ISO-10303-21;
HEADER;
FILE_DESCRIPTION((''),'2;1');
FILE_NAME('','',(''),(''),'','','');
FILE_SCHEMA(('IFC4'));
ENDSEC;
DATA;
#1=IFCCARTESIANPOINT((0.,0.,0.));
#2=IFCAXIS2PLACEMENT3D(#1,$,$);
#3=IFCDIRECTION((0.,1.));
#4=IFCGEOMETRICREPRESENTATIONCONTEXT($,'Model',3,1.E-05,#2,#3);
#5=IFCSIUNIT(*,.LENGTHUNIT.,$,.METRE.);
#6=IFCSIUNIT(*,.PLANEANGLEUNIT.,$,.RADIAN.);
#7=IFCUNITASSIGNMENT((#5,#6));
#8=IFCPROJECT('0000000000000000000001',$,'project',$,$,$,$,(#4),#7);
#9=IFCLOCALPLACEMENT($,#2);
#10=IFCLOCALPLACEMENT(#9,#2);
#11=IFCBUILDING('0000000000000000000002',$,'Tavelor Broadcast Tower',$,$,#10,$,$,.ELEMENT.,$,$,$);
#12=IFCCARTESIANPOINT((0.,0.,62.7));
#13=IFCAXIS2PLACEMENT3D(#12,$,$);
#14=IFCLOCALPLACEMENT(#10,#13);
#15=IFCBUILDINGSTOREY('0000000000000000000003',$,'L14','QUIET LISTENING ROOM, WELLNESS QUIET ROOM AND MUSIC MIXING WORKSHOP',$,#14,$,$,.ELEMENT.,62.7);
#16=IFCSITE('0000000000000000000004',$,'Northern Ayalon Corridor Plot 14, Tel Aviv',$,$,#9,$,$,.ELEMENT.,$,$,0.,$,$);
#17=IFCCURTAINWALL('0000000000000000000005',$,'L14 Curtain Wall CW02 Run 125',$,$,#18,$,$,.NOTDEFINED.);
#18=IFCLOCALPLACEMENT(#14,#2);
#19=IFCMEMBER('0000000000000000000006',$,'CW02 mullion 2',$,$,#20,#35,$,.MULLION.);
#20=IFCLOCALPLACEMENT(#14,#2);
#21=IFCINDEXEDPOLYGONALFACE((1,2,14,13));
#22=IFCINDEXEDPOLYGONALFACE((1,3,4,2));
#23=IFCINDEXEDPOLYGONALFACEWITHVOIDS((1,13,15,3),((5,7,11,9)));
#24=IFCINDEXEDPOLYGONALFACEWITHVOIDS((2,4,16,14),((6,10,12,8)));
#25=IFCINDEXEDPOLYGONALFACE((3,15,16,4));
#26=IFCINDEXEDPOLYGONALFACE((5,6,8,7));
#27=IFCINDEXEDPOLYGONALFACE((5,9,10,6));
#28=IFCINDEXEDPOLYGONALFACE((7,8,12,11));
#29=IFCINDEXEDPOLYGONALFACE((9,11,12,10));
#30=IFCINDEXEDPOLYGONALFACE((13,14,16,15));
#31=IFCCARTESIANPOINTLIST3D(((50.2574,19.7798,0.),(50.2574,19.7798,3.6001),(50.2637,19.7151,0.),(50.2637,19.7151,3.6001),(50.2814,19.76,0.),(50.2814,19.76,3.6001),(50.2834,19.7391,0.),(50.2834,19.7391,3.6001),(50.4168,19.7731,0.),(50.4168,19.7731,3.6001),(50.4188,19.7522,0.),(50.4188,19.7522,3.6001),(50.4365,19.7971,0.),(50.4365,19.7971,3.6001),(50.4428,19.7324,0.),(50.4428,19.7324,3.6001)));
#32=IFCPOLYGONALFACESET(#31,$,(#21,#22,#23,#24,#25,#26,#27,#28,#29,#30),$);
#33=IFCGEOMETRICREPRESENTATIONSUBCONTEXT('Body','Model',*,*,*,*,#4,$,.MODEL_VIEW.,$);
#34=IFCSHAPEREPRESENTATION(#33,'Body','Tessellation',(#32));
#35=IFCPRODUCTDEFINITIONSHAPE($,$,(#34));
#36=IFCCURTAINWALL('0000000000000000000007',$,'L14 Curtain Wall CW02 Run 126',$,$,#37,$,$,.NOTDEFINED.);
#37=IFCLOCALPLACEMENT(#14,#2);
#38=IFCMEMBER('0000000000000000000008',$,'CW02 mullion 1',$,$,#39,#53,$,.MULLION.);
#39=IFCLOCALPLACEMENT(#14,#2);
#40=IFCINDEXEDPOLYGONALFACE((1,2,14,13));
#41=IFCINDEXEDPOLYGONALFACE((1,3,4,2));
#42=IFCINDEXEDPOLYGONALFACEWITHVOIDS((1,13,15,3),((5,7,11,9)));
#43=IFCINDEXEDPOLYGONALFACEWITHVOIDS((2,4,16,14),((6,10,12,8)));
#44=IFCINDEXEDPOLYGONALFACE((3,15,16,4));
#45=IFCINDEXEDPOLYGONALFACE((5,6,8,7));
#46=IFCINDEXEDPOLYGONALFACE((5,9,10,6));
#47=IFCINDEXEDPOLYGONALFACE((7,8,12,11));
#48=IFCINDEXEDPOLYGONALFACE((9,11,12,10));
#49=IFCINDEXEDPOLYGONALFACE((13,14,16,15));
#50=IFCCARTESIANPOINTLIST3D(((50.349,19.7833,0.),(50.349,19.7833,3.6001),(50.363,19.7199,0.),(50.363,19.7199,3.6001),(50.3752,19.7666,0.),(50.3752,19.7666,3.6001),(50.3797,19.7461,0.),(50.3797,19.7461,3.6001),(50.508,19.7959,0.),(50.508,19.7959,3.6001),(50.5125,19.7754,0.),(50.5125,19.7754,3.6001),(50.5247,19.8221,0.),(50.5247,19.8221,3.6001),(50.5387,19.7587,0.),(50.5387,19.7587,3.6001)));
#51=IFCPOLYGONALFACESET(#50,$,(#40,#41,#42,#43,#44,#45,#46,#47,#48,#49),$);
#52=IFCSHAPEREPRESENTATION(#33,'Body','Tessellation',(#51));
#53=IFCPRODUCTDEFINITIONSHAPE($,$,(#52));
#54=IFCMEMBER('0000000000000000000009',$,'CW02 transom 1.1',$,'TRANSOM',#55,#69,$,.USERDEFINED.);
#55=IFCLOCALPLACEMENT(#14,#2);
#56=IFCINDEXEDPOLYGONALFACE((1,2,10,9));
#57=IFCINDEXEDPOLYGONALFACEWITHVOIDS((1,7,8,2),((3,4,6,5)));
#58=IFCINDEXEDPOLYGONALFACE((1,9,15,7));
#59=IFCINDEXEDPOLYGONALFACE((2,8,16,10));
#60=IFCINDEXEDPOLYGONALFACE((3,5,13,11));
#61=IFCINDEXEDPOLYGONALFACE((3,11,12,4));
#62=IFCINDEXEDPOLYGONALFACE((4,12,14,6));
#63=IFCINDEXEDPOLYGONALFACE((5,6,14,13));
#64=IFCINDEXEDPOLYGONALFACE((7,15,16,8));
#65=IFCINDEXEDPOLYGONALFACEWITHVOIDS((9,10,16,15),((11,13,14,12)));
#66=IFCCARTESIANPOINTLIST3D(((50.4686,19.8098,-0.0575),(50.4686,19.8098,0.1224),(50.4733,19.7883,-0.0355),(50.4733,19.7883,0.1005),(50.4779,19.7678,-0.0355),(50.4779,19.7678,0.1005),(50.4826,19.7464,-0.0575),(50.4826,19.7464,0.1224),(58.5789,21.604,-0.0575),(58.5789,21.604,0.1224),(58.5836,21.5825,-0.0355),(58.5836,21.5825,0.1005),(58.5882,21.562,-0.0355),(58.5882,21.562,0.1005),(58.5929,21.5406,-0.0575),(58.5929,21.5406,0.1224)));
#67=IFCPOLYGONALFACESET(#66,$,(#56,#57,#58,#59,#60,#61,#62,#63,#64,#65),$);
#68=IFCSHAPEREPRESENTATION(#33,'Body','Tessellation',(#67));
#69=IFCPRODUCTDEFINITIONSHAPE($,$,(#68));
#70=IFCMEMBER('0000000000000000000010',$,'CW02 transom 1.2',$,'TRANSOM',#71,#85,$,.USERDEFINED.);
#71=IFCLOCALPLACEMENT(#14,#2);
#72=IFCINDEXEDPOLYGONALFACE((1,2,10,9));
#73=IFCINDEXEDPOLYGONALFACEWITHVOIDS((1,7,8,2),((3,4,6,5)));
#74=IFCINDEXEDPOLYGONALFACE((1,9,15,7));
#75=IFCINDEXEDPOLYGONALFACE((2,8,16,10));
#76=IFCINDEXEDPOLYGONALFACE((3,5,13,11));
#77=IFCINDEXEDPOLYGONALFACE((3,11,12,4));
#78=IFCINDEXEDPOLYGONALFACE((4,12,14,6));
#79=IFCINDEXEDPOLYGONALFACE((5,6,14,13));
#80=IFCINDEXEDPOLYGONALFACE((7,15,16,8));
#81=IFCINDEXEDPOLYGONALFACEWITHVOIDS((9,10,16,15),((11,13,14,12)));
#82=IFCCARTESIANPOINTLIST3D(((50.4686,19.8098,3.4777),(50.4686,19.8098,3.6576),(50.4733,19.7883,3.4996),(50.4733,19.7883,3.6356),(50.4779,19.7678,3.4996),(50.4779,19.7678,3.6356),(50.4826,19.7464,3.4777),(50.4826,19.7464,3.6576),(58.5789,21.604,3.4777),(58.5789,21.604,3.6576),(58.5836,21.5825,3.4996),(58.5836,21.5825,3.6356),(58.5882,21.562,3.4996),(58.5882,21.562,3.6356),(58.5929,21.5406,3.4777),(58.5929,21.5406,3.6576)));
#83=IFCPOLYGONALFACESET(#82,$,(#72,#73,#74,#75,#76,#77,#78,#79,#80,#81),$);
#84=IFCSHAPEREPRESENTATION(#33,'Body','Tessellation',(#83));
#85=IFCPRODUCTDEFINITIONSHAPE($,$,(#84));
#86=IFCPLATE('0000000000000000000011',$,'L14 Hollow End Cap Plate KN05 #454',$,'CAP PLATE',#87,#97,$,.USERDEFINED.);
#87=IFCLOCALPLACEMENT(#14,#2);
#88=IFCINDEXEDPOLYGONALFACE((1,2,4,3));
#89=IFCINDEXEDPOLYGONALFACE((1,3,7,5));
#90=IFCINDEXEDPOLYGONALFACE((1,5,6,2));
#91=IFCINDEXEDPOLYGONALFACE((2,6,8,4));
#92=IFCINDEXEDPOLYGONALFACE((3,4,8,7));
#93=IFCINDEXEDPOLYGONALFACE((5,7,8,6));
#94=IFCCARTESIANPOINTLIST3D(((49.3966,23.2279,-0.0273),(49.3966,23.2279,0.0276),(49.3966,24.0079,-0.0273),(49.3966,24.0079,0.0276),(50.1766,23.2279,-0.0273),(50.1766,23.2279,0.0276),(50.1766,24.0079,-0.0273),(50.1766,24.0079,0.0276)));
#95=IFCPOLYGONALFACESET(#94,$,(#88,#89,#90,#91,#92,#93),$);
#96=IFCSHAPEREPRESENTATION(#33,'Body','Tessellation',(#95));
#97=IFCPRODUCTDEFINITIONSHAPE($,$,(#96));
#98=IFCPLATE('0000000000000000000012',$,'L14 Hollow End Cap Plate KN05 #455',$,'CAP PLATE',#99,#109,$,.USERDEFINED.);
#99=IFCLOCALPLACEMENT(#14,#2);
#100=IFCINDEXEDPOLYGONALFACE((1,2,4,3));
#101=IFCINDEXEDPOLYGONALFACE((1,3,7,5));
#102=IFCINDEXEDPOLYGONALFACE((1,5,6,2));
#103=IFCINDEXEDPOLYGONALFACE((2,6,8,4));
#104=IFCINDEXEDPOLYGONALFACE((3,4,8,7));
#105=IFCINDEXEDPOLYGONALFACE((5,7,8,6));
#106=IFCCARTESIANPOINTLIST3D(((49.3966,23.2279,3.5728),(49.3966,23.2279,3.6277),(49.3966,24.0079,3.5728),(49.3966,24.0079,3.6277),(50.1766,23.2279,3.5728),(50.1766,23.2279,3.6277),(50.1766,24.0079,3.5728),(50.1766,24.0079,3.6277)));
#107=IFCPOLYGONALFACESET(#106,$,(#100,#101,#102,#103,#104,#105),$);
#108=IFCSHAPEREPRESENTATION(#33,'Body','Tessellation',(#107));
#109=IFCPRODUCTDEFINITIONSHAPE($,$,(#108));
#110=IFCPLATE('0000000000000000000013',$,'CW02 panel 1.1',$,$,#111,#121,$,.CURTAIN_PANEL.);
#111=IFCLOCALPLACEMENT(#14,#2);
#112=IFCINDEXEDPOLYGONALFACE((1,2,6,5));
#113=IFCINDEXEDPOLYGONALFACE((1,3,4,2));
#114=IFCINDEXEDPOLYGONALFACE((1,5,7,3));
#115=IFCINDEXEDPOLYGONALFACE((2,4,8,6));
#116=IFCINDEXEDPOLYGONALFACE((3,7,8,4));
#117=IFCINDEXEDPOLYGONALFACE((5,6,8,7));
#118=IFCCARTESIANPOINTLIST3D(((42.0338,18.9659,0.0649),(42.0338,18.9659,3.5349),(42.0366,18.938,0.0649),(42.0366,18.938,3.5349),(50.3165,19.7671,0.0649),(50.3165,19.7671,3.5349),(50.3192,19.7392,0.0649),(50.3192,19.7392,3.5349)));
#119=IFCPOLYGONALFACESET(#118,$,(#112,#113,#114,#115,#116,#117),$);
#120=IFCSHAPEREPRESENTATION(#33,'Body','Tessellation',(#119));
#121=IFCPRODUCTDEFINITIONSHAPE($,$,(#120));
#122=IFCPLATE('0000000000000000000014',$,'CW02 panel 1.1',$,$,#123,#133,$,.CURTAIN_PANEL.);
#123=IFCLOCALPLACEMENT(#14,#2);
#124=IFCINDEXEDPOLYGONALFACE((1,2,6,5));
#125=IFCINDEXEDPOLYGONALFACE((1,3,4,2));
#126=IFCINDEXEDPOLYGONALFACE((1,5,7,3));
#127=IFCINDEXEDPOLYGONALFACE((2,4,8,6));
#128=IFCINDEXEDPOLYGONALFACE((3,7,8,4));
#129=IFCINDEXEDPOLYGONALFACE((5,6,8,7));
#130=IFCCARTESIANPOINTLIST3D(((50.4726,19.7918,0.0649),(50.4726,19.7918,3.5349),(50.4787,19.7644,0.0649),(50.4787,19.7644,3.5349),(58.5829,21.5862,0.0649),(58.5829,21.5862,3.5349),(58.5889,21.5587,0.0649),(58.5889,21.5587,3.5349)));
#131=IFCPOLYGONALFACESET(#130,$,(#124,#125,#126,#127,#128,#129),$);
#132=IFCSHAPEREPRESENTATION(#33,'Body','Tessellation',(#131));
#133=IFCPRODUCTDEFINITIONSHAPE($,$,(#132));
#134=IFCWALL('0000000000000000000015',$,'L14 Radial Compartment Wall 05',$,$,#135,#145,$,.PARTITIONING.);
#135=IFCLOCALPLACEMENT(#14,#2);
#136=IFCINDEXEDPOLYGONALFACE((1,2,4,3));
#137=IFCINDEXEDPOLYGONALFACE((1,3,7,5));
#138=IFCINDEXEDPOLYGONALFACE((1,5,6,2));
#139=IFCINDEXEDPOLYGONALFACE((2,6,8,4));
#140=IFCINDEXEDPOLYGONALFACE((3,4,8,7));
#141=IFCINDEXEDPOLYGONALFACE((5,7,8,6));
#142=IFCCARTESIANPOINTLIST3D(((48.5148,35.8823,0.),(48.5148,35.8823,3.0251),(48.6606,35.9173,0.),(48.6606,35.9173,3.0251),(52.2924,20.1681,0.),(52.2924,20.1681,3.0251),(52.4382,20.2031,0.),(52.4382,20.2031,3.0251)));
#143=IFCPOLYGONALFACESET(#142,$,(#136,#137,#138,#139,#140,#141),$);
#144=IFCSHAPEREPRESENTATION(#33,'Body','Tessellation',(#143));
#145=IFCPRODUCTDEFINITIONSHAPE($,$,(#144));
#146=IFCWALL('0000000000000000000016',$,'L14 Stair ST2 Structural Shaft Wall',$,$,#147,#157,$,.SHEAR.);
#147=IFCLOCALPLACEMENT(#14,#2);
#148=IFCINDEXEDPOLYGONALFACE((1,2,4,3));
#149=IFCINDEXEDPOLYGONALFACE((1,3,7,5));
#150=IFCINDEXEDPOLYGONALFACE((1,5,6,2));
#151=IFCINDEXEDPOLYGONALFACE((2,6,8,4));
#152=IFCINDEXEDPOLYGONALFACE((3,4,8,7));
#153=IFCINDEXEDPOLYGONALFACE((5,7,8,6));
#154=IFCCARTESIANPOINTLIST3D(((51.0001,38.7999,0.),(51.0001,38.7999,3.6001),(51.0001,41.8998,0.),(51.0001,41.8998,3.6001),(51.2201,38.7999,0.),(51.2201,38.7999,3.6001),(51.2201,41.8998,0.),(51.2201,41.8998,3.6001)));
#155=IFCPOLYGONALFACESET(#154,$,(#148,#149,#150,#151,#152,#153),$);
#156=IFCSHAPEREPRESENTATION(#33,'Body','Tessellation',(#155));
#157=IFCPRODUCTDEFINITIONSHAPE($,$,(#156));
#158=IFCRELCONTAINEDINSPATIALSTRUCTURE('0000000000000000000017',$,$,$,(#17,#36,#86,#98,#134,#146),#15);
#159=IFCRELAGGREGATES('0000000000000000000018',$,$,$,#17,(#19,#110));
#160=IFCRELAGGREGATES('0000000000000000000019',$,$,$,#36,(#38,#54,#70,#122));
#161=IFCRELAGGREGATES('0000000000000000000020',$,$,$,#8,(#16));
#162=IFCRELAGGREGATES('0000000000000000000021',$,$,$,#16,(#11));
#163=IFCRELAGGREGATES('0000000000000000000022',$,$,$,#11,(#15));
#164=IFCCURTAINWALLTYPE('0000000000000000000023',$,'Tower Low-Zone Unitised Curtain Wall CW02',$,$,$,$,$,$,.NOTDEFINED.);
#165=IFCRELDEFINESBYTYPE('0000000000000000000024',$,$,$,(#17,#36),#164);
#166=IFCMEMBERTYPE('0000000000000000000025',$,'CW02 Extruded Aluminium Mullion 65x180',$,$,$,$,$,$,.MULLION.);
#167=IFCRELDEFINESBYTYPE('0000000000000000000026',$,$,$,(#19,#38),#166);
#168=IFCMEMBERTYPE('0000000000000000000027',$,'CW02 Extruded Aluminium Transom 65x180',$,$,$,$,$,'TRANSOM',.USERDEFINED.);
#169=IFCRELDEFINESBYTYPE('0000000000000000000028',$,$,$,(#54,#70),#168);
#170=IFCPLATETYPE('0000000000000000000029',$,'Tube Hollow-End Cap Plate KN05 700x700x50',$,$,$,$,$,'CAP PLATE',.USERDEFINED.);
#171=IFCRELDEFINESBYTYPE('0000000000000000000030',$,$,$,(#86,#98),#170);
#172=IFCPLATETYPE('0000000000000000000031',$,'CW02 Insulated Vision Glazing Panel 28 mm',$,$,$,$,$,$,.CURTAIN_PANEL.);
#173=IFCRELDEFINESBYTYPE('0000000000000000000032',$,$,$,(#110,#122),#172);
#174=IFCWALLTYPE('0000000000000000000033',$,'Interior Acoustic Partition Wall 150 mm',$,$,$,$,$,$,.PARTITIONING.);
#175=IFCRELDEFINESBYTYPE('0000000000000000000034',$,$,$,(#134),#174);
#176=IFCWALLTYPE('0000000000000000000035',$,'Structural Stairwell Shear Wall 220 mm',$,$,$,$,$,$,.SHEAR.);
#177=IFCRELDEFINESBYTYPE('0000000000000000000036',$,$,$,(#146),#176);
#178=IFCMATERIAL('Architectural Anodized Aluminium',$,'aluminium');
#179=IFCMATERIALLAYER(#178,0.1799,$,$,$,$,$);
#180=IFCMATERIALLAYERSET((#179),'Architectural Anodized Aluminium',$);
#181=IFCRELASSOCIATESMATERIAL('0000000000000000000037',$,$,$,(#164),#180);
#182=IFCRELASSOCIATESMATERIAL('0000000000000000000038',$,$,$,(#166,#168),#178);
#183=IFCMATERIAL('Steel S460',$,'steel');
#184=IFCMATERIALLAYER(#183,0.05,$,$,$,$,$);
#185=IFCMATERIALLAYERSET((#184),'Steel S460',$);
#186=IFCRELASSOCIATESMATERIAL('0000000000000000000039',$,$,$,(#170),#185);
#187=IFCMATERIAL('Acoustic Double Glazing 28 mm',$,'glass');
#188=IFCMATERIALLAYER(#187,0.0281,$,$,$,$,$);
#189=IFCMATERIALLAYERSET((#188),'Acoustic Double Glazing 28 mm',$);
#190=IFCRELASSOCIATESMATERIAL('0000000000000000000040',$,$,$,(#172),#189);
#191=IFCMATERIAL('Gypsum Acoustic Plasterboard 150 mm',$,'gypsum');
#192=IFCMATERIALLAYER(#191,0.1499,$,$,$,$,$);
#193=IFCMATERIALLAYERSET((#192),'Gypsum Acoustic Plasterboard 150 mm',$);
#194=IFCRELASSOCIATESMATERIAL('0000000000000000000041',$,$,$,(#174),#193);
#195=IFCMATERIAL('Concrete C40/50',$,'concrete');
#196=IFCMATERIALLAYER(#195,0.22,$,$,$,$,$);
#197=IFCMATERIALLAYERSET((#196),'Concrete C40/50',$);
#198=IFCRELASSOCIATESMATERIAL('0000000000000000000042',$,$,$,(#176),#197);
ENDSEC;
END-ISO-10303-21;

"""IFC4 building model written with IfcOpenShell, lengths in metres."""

from ifc_helpers import new_model, si_unit, direction, frame, frame_2d, origin, origin_2d, place, context, subcontext, project, spatial, rectangle, hollow_rectangle, extrude, source, transform, mapped, material, layer, layer_set, material_profile, profile_set, type_object, type_shapes, element, aggregate, save


model = new_model("IFC4")

# Units and contexts
model_context = context("Model", 3, precision=1e-05, world=origin(), true_north=direction((0.0, 1.0)))
body_context = subcontext(model_context, "Body", "Model", "MODEL_VIEW")
ifc_project = project(units=[si_unit("LENGTHUNIT", "METRE"), si_unit("PLANEANGLEUNIT", "RADIAN")], contexts=[model_context])

# Site, building, storey
site_placement = place(None, origin())
site = spatial("IfcSite", under=ifc_project, at=site_placement, Name="Northern Ayalon Corridor Plot 14, Tel Aviv", CompositionType="ELEMENT", RefElevation=0.0)
building_placement = place(site_placement, origin())
building = spatial("IfcBuilding", under=site, at=building_placement, Name="Tavelor Broadcast Tower", CompositionType="ELEMENT")
storey_placement = place(building_placement, frame((0.0, 0.0, 62.7)))
storey = spatial("IfcBuildingStorey", under=building, at=storey_placement, Name="L14", Description="QUIET LISTENING ROOM, WELLNESS QUIET ROOM AND MUSIC MIXING WORKSHOP", CompositionType="ELEMENT", Elevation=62.7)

# Shared definitions
ifc_material_1 = material(Name="Steel S460", Category="steel")

# Shared definitions
ifc_material_2 = material(Name="Concrete C40/50", Category="concrete")

# Curtain wall, member
ifc_material_3 = material(Name="Architectural Anodized Aluminium", Category="aluminium")
ifc_layer_1 = layer(ifc_material_3, 0.1799)
ifc_layer_set_1 = layer_set([ifc_layer_1], Name="Architectural Anodized Aluminium")
curtain_wall_type = type_object("IfcCurtainWallType", Name="Tower Low-Zone Unitised Curtain Wall CW02", PredefinedType="NOTDEFINED", material=ifc_layer_set_1)
curtain_wall_1_placement = place(storey_placement, origin())
curtain_wall_1 = element("IfcCurtainWall", 1, at=curtain_wall_1_placement, inside=storey, type_object=curtain_wall_type, Name="L14 Curtain Wall CW02 Run 125", PredefinedType="NOTDEFINED")
ifc_material_profile_1 = material_profile(ifc_material_3, hollow_rectangle(XDim=0.0649, YDim=0.1799, WallThickness=0.022, at=origin_2d()), Name="RHS 65x180x22")
ifc_profile_set_1 = profile_set([ifc_material_profile_1], Name="Architectural Anodized Aluminium")
member_type_1 = type_object("IfcMemberType", Name="CW02 Extruded Aluminium Mullion 65x180", PredefinedType="MULLION", material=ifc_profile_set_1)
shared_shape_1 = source(origin(), body_context, "Body", "SweptSolid", [
    extrude(hollow_rectangle(XDim=0.0649, YDim=0.1799, WallThickness=0.022, at=origin_2d()), origin(), (0.0, 0.0, 1.0), 3.6001),
])
type_shapes(member_type_1, [shared_shape_1])
member_1_placement = place(storey_placement, frame((50.3501, 19.7561, 0.0), z_axis=(0.0, 0.0, 1.0), x_axis=(-0.096281, 0.995354, 0.0)))
member_1 = element("IfcMember", 2, at=member_1_placement, type_object=member_type_1, Name="CW02 mullion 2", PredefinedType="MULLION", context=body_context, shape_type="MappedRepresentation", body=[
    mapped(shared_shape_1, transform((0.0, 0.0, 0.0), scale=1.0)),
])

# Curtain wall, members
curtain_wall_2_placement = place(storey_placement, origin())
curtain_wall_2 = element("IfcCurtainWall", 3, at=curtain_wall_2_placement, inside=storey, type_object=curtain_wall_type, Name="L14 Curtain Wall CW02 Run 126", PredefinedType="NOTDEFINED")
member_2_placement = place(storey_placement, frame((50.4438, 19.771, 0.0), z_axis=(0.0, 0.0, 1.0), x_axis=(-0.216017, 0.97639, 0.0)))
member_2 = element("IfcMember", 4, at=member_2_placement, type_object=member_type_1, Name="CW02 mullion 1", PredefinedType="MULLION", context=body_context, shape_type="MappedRepresentation", body=[
    mapped(shared_shape_1, transform((0.0, 0.0, 0.0), scale=1.0)),
])
ifc_material_profile_2 = material_profile(ifc_material_3, hollow_rectangle(XDim=0.0649, YDim=0.1799, WallThickness=0.022, at=origin_2d()), Name="RHS 65x180x22")
ifc_profile_set_2 = profile_set([ifc_material_profile_2], Name="Architectural Anodized Aluminium")
member_type_2 = type_object("IfcMemberType", Name="CW02 Extruded Aluminium Transom 65x180", ElementType="TRANSOM", PredefinedType="USERDEFINED", material=ifc_profile_set_2)
shared_shape_2 = source(origin(), body_context, "Body", "SweptSolid", [
    extrude(hollow_rectangle(XDim=0.0649, YDim=0.1799, WallThickness=0.022, at=origin_2d()), origin(), (0.0, 0.0, 1.0), 8.3064),
])
type_shapes(member_type_2, [shared_shape_2])
member_3_placement = place(storey_placement, frame((50.4756, 19.7781, 0.0325), z_axis=(0.976393, 0.216, 0.0), x_axis=(-0.216, 0.976393, 0.0)))
member_3 = element("IfcMember", 5, at=member_3_placement, type_object=member_type_2, Name="CW02 transom 1.1", ObjectType="TRANSOM", PredefinedType="USERDEFINED", context=body_context, shape_type="MappedRepresentation", body=[
    mapped(shared_shape_2, transform((0.0, 0.0, 0.0), scale=1.0)),
])
member_4_placement = place(storey_placement, frame((50.4756, 19.7781, 3.5676), z_axis=(0.976393, 0.216, 0.0), x_axis=(-0.216, 0.976393, 0.0)))
member_4 = element("IfcMember", 6, at=member_4_placement, type_object=member_type_2, Name="CW02 transom 1.2", ObjectType="TRANSOM", PredefinedType="USERDEFINED", context=body_context, shape_type="MappedRepresentation", body=[
    mapped(shared_shape_2, transform((0.0, 0.0, 0.0), scale=1.0)),
])

# Plates
ifc_layer_2 = layer(ifc_material_1, 0.05)
ifc_layer_set_2 = layer_set([ifc_layer_2], Name="Steel S460")
plate_type_1 = type_object("IfcPlateType", Name="Tube Hollow-End Cap Plate KN05 700x700x50", ElementType="CAP PLATE", PredefinedType="USERDEFINED", material=ifc_layer_set_2)
shared_shape_3 = source(origin(), body_context, "Body", "SweptSolid", [
    extrude(rectangle(XDim=0.78, YDim=0.78, at=origin_2d()), origin(), (0.0, 0.0, 1.0), 0.0549),
])
type_shapes(plate_type_1, [shared_shape_3])
for number, where, z_axis, x_axis, name in (
    (7, (49.7866, 23.6179, -0.0273), (0.0, 0.0, 1.0), (1.0, 0.0, 0.0), "L14 Hollow End Cap Plate KN05 #454"),
    (8, (49.7866, 23.6179, 3.5728), (0.0, 0.0, 1.0), (1.0, 0.0, 0.0), "L14 Hollow End Cap Plate KN05 #455"),
):
    element("IfcPlate", number, at=place(storey_placement, frame(where, z_axis=z_axis, x_axis=x_axis)), inside=storey, type_object=plate_type_1, Name=name, ObjectType="CAP PLATE", PredefinedType="USERDEFINED", context=body_context, shape_type="MappedRepresentation", body=[
        mapped(shared_shape_3, transform((0.0, 0.0, 0.0), scale=1.0)),
    ])

# Plates
ifc_material_4 = material(Name="Acoustic Double Glazing 28 mm", Category="glass")
ifc_layer_3 = layer(ifc_material_4, 0.0281)
ifc_layer_set_3 = layer_set([ifc_layer_3], Name="Acoustic Double Glazing 28 mm")
plate_type_2 = type_object("IfcPlateType", Name="CW02 Insulated Vision Glazing Panel 28 mm", PredefinedType="CURTAIN_PANEL", material=ifc_layer_set_3)
shared_shape_4 = source(origin(), body_context, "Body", "SweptSolid", [
    extrude(rectangle(XDim=8.3213, YDim=0.0281, at=origin_2d()), origin(), (0.0, 0.0, 1.0), 3.47),
])
plate_1_placement = place(storey_placement, frame((46.1765, 19.3525, 0.0649), z_axis=(0.0, 0.0, 1.0), x_axis=(0.995354, 0.096281, 0.0)))
plate_1 = element("IfcPlate", 9, at=plate_1_placement, type_object=plate_type_2, Name="CW02 panel 1.1", PredefinedType="CURTAIN_PANEL", context=body_context, shape_type="MappedRepresentation", body=[
    mapped(shared_shape_4, transform((0.0, 0.0, 0.0), scale=1.0)),
])
aggregate(curtain_wall_1, [member_1, plate_1])
shared_shape_5 = source(origin(), body_context, "Body", "SweptSolid", [
    extrude(rectangle(XDim=8.3064, YDim=0.0281, at=origin_2d()), origin(), (0.0, 0.0, 1.0), 3.47),
])
type_shapes(plate_type_2, [shared_shape_4, shared_shape_5])
plate_2_placement = place(storey_placement, frame((54.5308, 20.6753, 0.0649), z_axis=(0.0, 0.0, 1.0), x_axis=(0.97639, 0.216017, 0.0)))
plate_2 = element("IfcPlate", 10, at=plate_2_placement, type_object=plate_type_2, Name="CW02 panel 1.1", PredefinedType="CURTAIN_PANEL", context=body_context, shape_type="MappedRepresentation", body=[
    mapped(shared_shape_5, transform((0.0, 0.0, 0.0), scale=1.0)),
])
aggregate(curtain_wall_2, [member_2, member_3, member_4, plate_2])

# Walls
ifc_material_5 = material(Name="Gypsum Acoustic Plasterboard 150 mm", Category="gypsum")
ifc_layer_4 = layer(ifc_material_5, 0.1499)
ifc_layer_set_4 = layer_set([ifc_layer_4], Name="Gypsum Acoustic Plasterboard 150 mm")
wall_type_1 = type_object("IfcWallType", Name="Interior Acoustic Partition Wall 150 mm", PredefinedType="PARTITIONING", material=ifc_layer_set_4)
wall_1_placement = place(storey_placement, frame((48.5876, 35.8999, 0.0), z_axis=(0.0, 0.0, 1.0), x_axis=(0.233736, -0.9723, 0.0)))
element("IfcWall", 11, at=wall_1_placement, inside=storey, type_object=wall_type_1, Name="L14 Radial Compartment Wall 05", PredefinedType="PARTITIONING", context=body_context, shape_type="SweptSolid", body=[
    extrude(rectangle(XDim=16.1619, YDim=0.1499, at=frame_2d((8.0811, 0.0))), origin(), (0.0, 0.0, 1.0), 3.0251),
])
ifc_layer_5 = layer(ifc_material_2, 0.22)
ifc_layer_set_5 = layer_set([ifc_layer_5], Name="Concrete C40/50")
wall_type_2 = type_object("IfcWallType", Name="Structural Stairwell Shear Wall 220 mm", PredefinedType="SHEAR", material=ifc_layer_set_5)
wall_2_placement = place(storey_placement, frame((51.1101, 38.8, 0.0), z_axis=(0.0, 0.0, 1.0), x_axis=(0.0, 1.0, 0.0)))
element("IfcWall", 12, at=wall_2_placement, inside=storey, type_object=wall_type_2, Name="L14 Stair ST2 Structural Shaft Wall", PredefinedType="SHEAR", context=body_context, shape_type="SweptSolid", body=[
    extrude(rectangle(XDim=3.0999, YDim=0.22, at=frame_2d((1.5498, 0.0))), origin(), (0.0, 0.0, 1.0), 3.6001),
])

save(model, "model.ifc")
